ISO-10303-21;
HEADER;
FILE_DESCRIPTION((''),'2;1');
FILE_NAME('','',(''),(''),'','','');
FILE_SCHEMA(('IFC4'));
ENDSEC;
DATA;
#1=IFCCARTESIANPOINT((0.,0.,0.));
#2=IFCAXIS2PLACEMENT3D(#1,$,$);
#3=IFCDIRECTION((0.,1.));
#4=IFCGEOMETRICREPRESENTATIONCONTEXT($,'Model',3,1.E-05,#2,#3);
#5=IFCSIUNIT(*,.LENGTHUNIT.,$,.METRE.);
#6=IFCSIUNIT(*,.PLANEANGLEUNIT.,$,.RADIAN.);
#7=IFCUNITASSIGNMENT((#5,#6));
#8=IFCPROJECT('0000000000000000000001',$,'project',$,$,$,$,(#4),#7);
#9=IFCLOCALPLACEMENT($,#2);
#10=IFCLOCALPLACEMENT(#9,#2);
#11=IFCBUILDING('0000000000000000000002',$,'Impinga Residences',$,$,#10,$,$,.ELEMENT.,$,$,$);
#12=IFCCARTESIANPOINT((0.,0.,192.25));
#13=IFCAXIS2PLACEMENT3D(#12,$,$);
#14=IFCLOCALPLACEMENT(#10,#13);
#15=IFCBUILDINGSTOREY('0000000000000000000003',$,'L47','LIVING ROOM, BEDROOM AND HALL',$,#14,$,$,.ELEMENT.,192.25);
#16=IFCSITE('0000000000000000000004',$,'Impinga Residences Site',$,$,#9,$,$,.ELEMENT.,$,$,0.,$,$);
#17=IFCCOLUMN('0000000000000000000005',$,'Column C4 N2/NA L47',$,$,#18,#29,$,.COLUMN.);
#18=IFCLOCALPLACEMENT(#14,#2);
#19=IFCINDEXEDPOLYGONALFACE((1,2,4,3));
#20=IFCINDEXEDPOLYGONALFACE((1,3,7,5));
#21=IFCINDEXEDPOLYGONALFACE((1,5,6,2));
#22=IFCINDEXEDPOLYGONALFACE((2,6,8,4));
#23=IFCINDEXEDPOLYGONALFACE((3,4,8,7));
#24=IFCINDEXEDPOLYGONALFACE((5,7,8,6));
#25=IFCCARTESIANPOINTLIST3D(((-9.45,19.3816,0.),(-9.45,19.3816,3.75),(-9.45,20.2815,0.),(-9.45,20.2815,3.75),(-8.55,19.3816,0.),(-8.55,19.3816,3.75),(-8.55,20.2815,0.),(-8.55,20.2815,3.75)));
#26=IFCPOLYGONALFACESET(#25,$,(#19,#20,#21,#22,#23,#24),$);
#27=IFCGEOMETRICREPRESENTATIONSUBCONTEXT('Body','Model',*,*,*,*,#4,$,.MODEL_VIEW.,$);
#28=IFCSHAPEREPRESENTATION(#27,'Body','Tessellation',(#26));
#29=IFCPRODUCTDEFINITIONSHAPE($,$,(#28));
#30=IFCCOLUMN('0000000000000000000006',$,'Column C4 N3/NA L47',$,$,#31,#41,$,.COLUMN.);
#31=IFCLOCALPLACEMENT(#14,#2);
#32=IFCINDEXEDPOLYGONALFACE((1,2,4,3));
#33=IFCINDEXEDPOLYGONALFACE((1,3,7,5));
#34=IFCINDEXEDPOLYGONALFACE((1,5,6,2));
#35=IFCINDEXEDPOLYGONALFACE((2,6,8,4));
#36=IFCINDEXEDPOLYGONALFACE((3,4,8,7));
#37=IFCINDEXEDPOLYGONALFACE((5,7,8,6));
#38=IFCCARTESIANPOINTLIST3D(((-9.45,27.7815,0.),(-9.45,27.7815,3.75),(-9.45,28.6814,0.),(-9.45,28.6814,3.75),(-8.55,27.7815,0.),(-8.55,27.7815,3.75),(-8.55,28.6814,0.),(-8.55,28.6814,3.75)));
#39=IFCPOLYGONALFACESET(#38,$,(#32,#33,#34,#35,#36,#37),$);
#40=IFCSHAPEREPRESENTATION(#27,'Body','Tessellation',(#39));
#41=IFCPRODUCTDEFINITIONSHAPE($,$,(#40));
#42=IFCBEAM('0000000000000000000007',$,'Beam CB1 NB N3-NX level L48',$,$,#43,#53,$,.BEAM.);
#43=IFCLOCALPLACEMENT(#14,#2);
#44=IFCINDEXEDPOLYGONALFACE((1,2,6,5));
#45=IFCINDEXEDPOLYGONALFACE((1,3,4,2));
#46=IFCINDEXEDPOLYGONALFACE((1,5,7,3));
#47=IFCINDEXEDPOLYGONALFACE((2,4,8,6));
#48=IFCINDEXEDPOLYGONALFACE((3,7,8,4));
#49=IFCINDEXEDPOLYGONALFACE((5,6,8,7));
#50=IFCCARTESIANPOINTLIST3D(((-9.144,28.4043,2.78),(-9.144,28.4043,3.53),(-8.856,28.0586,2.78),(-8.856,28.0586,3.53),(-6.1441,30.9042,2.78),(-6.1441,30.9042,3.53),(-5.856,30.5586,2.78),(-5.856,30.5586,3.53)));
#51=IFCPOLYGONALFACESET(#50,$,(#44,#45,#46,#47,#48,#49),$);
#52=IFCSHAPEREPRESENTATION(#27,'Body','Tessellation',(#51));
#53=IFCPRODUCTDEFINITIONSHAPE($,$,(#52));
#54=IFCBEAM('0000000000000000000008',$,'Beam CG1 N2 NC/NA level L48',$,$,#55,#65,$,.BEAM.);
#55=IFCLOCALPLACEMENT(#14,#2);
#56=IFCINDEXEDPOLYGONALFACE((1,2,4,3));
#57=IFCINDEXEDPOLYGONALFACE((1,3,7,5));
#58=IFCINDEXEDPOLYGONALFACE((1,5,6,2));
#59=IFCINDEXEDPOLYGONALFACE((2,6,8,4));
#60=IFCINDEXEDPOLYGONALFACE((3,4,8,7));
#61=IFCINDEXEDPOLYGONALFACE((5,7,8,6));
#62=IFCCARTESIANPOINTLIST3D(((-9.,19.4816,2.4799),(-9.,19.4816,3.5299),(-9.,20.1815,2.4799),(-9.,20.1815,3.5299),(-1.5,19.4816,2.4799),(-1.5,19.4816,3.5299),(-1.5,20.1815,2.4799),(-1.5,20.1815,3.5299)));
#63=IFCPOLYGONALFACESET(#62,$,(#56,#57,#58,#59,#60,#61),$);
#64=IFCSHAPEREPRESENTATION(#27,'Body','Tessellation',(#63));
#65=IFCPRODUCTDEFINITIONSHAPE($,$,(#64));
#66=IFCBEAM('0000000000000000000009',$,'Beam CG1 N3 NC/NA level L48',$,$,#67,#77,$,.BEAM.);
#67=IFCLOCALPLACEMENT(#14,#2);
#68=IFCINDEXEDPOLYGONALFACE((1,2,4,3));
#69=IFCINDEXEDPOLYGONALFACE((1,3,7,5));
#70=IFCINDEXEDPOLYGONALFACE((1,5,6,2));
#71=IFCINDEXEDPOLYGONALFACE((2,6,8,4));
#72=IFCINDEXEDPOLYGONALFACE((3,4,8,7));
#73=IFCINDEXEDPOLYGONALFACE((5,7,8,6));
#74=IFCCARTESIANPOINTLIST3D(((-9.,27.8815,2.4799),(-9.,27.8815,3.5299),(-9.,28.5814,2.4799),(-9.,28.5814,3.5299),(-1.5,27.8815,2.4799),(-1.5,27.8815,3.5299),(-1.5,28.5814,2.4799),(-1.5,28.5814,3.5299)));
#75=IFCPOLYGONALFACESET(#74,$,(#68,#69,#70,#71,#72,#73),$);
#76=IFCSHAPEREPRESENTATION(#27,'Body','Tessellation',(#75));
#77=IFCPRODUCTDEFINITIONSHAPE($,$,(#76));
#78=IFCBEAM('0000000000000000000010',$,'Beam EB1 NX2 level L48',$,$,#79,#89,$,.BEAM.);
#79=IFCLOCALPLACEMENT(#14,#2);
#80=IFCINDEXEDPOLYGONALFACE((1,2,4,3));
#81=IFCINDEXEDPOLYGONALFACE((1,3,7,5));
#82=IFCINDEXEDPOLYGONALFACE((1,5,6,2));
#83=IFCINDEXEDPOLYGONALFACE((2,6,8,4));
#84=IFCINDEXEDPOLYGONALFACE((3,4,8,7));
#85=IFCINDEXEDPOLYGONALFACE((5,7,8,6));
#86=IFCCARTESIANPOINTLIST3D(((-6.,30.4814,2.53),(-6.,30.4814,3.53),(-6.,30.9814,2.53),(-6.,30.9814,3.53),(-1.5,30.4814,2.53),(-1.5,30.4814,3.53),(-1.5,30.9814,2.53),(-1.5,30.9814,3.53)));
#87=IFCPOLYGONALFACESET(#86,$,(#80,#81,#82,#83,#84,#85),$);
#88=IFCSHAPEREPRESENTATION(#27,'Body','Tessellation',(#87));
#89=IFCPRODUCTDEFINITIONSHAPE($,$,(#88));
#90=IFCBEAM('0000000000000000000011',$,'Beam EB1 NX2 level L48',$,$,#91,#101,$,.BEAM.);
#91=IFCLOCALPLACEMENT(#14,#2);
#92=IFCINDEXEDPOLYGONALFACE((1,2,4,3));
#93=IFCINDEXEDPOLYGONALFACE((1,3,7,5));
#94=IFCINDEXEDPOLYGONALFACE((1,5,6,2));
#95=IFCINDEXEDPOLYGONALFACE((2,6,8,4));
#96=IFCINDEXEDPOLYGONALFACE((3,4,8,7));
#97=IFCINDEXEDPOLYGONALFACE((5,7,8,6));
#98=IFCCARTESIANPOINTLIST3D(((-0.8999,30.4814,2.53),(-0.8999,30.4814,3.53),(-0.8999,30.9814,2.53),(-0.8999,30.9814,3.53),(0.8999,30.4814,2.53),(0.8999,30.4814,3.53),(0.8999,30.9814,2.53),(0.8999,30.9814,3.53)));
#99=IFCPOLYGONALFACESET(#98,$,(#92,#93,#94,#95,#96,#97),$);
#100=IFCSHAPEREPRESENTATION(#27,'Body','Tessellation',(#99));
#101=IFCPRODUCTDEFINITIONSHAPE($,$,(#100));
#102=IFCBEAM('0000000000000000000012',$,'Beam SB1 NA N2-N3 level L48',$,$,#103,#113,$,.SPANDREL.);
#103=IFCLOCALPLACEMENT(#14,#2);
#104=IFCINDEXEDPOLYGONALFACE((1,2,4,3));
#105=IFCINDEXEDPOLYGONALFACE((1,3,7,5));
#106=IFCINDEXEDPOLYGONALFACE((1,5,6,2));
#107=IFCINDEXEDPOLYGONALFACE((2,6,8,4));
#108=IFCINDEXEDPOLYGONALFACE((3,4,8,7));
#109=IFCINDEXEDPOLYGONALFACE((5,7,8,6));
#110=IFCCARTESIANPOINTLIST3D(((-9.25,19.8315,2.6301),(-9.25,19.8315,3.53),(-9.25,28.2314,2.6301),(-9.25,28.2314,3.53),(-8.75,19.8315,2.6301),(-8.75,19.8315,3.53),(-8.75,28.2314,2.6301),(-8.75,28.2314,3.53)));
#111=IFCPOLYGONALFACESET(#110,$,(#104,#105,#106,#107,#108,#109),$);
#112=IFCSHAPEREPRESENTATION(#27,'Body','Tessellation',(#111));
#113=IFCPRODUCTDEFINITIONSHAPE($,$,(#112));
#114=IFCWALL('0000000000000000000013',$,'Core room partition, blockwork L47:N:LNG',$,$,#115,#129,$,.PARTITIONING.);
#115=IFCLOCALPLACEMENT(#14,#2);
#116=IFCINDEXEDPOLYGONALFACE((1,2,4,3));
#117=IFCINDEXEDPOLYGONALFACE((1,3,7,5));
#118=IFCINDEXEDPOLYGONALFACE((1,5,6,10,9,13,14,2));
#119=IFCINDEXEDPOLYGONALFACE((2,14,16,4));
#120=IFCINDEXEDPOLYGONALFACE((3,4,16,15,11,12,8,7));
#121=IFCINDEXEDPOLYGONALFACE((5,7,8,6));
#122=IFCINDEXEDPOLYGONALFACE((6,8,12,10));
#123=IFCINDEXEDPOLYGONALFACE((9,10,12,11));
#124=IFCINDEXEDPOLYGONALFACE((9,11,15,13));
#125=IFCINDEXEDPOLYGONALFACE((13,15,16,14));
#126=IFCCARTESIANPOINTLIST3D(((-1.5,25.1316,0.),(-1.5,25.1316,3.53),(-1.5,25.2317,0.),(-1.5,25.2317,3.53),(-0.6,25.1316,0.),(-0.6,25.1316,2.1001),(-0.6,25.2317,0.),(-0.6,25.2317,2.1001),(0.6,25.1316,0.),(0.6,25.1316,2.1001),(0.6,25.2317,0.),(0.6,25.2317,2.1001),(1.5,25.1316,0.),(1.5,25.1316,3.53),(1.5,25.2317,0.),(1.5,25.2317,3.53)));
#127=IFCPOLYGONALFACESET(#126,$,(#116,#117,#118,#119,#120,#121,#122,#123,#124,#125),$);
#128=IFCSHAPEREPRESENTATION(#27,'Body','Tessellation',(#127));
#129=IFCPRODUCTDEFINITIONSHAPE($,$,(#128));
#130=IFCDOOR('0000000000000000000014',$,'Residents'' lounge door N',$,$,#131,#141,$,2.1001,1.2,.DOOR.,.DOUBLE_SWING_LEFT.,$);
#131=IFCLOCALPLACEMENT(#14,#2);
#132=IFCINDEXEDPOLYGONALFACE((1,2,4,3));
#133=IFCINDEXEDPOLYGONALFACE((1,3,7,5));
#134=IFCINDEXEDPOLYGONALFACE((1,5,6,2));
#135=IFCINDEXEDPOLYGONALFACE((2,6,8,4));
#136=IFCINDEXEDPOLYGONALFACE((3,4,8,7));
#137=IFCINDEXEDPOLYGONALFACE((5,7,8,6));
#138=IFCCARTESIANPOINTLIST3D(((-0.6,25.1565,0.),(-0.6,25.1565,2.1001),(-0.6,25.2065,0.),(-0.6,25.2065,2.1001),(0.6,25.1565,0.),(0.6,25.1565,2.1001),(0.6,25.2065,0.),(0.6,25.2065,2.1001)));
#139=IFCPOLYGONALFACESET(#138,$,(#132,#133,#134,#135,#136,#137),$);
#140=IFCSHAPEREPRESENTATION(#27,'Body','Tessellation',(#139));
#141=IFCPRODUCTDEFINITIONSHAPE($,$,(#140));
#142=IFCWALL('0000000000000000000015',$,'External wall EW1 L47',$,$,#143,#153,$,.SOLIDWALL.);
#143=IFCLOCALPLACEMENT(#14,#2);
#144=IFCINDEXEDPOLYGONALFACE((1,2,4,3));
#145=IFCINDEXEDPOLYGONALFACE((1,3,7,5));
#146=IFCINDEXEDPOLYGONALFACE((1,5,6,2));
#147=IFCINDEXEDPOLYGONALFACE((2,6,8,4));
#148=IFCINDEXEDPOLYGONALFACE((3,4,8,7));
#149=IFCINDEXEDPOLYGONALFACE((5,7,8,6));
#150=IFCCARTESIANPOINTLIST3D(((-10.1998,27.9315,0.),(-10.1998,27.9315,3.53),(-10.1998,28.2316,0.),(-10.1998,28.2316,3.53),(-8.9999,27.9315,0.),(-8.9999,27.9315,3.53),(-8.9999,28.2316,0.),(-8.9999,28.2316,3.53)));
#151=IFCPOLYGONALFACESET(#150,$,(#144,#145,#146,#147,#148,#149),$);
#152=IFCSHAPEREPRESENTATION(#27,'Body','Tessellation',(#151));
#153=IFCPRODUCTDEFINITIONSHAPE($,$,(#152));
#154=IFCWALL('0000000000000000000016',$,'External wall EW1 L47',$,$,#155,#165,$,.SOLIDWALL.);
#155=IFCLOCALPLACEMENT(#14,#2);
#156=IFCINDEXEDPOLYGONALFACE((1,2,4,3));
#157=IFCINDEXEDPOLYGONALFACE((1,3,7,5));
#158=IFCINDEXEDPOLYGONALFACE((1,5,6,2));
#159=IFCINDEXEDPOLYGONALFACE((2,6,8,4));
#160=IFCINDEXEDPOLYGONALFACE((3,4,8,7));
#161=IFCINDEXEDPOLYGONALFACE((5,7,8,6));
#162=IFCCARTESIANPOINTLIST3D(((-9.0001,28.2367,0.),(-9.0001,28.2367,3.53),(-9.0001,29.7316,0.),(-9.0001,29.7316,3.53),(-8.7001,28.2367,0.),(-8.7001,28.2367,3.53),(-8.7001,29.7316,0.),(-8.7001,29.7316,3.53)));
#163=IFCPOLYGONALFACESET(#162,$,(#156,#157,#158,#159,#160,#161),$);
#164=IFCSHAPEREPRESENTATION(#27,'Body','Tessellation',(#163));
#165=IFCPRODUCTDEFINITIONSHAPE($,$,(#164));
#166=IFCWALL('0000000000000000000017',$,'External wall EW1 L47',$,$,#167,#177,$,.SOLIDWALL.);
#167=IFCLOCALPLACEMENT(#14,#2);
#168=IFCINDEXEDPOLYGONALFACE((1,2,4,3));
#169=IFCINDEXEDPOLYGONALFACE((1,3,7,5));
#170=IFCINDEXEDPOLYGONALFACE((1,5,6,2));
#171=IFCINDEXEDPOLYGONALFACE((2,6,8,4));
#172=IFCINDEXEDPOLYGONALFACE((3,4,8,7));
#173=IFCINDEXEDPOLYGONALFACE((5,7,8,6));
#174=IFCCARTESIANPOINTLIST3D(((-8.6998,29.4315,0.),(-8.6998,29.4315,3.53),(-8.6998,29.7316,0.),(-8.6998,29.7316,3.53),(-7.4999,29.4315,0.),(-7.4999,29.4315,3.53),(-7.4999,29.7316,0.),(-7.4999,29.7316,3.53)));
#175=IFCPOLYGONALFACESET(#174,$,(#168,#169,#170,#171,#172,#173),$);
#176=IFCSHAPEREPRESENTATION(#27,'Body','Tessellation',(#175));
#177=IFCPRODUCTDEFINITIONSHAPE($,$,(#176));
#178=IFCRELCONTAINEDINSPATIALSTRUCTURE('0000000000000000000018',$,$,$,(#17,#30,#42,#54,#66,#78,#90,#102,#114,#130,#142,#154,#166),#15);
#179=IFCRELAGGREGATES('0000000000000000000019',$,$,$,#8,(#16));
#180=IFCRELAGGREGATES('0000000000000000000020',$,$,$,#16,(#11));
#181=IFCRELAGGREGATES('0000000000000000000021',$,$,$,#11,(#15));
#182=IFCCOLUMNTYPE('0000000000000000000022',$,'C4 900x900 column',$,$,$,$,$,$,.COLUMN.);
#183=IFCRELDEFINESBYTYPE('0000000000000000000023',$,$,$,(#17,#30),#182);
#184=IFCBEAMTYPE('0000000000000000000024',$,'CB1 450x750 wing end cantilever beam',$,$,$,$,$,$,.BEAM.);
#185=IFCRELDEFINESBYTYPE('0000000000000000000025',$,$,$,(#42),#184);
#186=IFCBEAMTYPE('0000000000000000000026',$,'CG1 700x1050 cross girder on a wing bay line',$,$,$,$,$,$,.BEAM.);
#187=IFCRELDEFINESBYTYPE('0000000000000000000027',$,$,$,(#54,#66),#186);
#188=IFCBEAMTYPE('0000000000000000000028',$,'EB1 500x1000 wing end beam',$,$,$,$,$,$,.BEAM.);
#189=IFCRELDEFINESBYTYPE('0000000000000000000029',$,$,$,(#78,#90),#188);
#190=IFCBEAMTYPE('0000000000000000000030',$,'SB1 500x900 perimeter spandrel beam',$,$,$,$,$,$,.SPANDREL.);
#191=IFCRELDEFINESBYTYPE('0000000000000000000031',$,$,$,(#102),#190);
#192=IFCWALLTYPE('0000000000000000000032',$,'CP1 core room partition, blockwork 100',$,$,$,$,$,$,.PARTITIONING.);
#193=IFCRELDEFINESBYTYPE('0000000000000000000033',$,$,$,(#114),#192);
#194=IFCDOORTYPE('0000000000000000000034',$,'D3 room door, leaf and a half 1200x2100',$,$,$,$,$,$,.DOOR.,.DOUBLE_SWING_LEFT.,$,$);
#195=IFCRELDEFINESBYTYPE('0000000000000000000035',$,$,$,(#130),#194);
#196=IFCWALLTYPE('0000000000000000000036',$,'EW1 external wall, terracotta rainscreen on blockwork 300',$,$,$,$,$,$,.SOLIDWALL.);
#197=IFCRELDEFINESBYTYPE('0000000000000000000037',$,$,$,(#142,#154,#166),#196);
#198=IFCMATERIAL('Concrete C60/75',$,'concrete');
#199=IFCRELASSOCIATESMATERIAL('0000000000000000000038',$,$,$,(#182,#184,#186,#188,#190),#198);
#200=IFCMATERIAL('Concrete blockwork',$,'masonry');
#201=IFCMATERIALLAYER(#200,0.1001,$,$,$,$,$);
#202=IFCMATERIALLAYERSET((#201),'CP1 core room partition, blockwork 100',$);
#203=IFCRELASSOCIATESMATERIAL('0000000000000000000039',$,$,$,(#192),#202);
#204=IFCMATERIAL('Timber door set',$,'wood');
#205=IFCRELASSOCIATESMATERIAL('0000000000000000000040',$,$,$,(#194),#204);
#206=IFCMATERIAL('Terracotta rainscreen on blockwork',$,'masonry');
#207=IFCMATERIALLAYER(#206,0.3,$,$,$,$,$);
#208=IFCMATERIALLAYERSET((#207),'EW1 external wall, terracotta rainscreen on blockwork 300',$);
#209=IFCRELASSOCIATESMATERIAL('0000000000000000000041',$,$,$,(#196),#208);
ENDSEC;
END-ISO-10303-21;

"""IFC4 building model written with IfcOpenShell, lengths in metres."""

from ifc_helpers import new_model, si_unit, direction, frame, frame_2d, origin, origin_2d, place, context, subcontext, project, spatial, rectangle, extrude, material, layer, layer_set, material_profile, profile_set, type_object, element, fill, save


model = new_model("IFC4")

# Units and contexts
model_context = context("Model", 3, precision=1e-05, world=origin(), true_north=direction((0.0, 1.0)))
body_context = subcontext(model_context, "Body", "Model", "MODEL_VIEW")
ifc_project = project(units=[si_unit("LENGTHUNIT", "METRE"), si_unit("PLANEANGLEUNIT", "RADIAN")], contexts=[model_context])

# Site, building, storey
site_placement = place(None, origin())
site = spatial("IfcSite", under=ifc_project, at=site_placement, Name="Impinga Residences Site", CompositionType="ELEMENT", RefElevation=0.0)
building_placement = place(site_placement, origin())
building = spatial("IfcBuilding", under=site, at=building_placement, Name="Impinga Residences", CompositionType="ELEMENT")
storey_placement = place(building_placement, frame((0.0, 0.0, 192.25)))
storey = spatial("IfcBuildingStorey", under=building, at=storey_placement, Name="L47", Description="LIVING ROOM, BEDROOM AND HALL", CompositionType="ELEMENT", Elevation=192.25)

# Columns
ifc_material_1 = material(Name="Concrete C60/75", Category="concrete")
ifc_material_profile_1 = material_profile(ifc_material_1, rectangle(XDim=0.8999, YDim=0.8999, at=origin_2d()), Name="RC 900x900")
ifc_profile_set_1 = profile_set([ifc_material_profile_1], Name="Concrete C60/75")
column_type = type_object("IfcColumnType", Name="C4 900x900 column", PredefinedType="COLUMN", material=ifc_profile_set_1)
for number, where, z_axis, x_axis, name in (
    (1, (-9.0, 19.8315, 0.0), (0.0, 0.0, 1.0), (1.0, 0.0, 0.0), "Column C4 N2/NA L47"),
    (2, (-9.0, 28.2314, 0.0), (0.0, 0.0, 1.0), (1.0, 0.0, 0.0), "Column C4 N3/NA L47"),
):
    element("IfcColumn", number, at=place(storey_placement, frame(where, z_axis=z_axis, x_axis=x_axis)), inside=storey, type_object=column_type, Name=name, PredefinedType="COLUMN", context=body_context, shape_type="SweptSolid", body=[
        extrude(rectangle(XDim=0.8999, YDim=0.8999, at=origin_2d()), origin(), (0.0, 0.0, 1.0), 3.75),
    ])

# Beams
ifc_material_profile_2 = material_profile(ifc_material_1, rectangle(XDim=0.45, YDim=0.75, at=origin_2d()), Name="RC 450x750")
ifc_profile_set_2 = profile_set([ifc_material_profile_2], Name="Concrete C60/75")
beam_type_1 = type_object("IfcBeamType", Name="CB1 450x750 wing end cantilever beam", PredefinedType="BEAM", material=ifc_profile_set_2)
beam_1_placement = place(storey_placement, frame((-9.0, 28.2314, 3.155), z_axis=(0.768221, 0.640184, 0.0), x_axis=(-0.640184, 0.768221, 0.0)))
element("IfcBeam", 3, at=beam_1_placement, inside=storey, type_object=beam_type_1, Name="Beam CB1 NB N3-NX level L48", PredefinedType="BEAM", context=body_context, shape_type="SweptSolid", body=[
    extrude(rectangle(XDim=0.45, YDim=0.75, at=origin_2d()), origin(), (0.0, 0.0, 1.0), 3.905),
])
ifc_material_profile_3 = material_profile(ifc_material_1, rectangle(XDim=0.7, YDim=1.05, at=origin_2d()), Name="RC 700x1050")
ifc_profile_set_3 = profile_set([ifc_material_profile_3], Name="Concrete C60/75")
beam_type_2 = type_object("IfcBeamType", Name="CG1 700x1050 cross girder on a wing bay line", PredefinedType="BEAM", material=ifc_profile_set_3)
for number, where, z_axis, x_axis, name in (
    (4, (-1.5, 19.8315, 3.0049), (-1.0, 0.0, 0.0), (0.0, -1.0, 0.0), "Beam CG1 N2 NC/NA level L48"),
    (5, (-1.5, 28.2314, 3.0049), (-1.0, 0.0, 0.0), (0.0, -1.0, 0.0), "Beam CG1 N3 NC/NA level L48"),
):
    element("IfcBeam", number, at=place(storey_placement, frame(where, z_axis=z_axis, x_axis=x_axis)), inside=storey, type_object=beam_type_2, Name=name, PredefinedType="BEAM", context=body_context, shape_type="SweptSolid", body=[
        extrude(rectangle(XDim=0.7, YDim=1.05, at=origin_2d()), origin(), (0.0, 0.0, 1.0), 7.5),
    ])
ifc_material_profile_4 = material_profile(ifc_material_1, rectangle(XDim=0.5, YDim=1.0, at=origin_2d()), Name="RC 500x1000")
ifc_profile_set_4 = profile_set([ifc_material_profile_4], Name="Concrete C60/75")
beam_type_3 = type_object("IfcBeamType", Name="EB1 500x1000 wing end beam", PredefinedType="BEAM", material=ifc_profile_set_4)
beam_2_placement = place(storey_placement, frame((-6.0, 30.7314, 3.03), z_axis=(1.0, 0.0, 0.0), x_axis=(0.0, 1.0, 0.0)))
element("IfcBeam", 6, at=beam_2_placement, inside=storey, type_object=beam_type_3, Name="Beam EB1 NX2 level L48", PredefinedType="BEAM", context=body_context, shape_type="SweptSolid", body=[
    extrude(rectangle(XDim=0.5, YDim=1.0, at=origin_2d()), origin(), (0.0, 0.0, 1.0), 4.5),
])
beam_3_placement = place(storey_placement, frame((-0.8999, 30.7314, 3.03), z_axis=(1.0, 0.0, 0.0), x_axis=(0.0, 1.0, 0.0)))
element("IfcBeam", 7, at=beam_3_placement, inside=storey, type_object=beam_type_3, Name="Beam EB1 NX2 level L48", PredefinedType="BEAM", context=body_context, shape_type="SweptSolid", body=[
    extrude(rectangle(XDim=0.5, YDim=1.0, at=origin_2d()), origin(), (0.0, 0.0, 1.0), 1.7998),
])
ifc_material_profile_5 = material_profile(ifc_material_1, rectangle(XDim=0.5, YDim=0.8999, at=origin_2d()), Name="RC 500x900")
ifc_profile_set_5 = profile_set([ifc_material_profile_5], Name="Concrete C60/75")
beam_type_4 = type_object("IfcBeamType", Name="SB1 500x900 perimeter spandrel beam", PredefinedType="SPANDREL", material=ifc_profile_set_5)
beam_4_placement = place(storey_placement, frame((-9.0, 19.8315, 3.0801), z_axis=(0.0, 1.0, 0.0), x_axis=(-1.0, 0.0, 0.0)))
element("IfcBeam", 8, at=beam_4_placement, inside=storey, type_object=beam_type_4, Name="Beam SB1 NA N2-N3 level L48", PredefinedType="SPANDREL", context=body_context, shape_type="SweptSolid", body=[
    extrude(rectangle(XDim=0.5, YDim=0.8999, at=origin_2d()), origin(), (0.0, 0.0, 1.0), 8.3999),
])

# Wall, opening, door
ifc_material_2 = material(Name="Concrete blockwork", Category="masonry")
ifc_layer_1 = layer(ifc_material_2, 0.1001)
ifc_layer_set_1 = layer_set([ifc_layer_1], Name="CP1 core room partition, blockwork 100")
wall_type_1 = type_object("IfcWallType", Name="CP1 core room partition, blockwork 100", PredefinedType="PARTITIONING", material=ifc_layer_set_1)
wall_1_placement = place(storey_placement, frame((-1.5, 25.1816, 0.0), z_axis=(0.0, 0.0, 1.0), x_axis=(1.0, 0.0, 0.0)))
wall_1 = element("IfcWall", 9, at=wall_1_placement, inside=storey, type_object=wall_type_1, Name="Core room partition, blockwork L47:N:LNG", PredefinedType="PARTITIONING", context=body_context, shape_type="SweptSolid", body=[
    extrude(rectangle(XDim=3.0, YDim=0.1001, at=frame_2d((1.5, 0.0))), origin(), (0.0, 0.0, 1.0), 3.53),
])
opening_1_placement = place(wall_1_placement, frame((0.8999, 0.0, 0.0)))
opening_1 = element("IfcOpeningElement", 10, at=opening_1_placement, cuts=wall_1, PredefinedType="OPENING", context=body_context, shape_type="SweptSolid", body=[
    extrude(rectangle(XDim=1.2, YDim=2.1001, at=frame_2d((0.6001, 1.05))), frame((0.0, 0.0601, 0.0), z_axis=(0.0, -1.0, 0.0), x_axis=(1.0, 0.0, 0.0)), (0.0, 0.0, 1.0), 0.1201),
])
ifc_material_3 = material(Name="Timber door set", Category="wood")
door_type_1 = type_object("IfcDoorType", Name="D3 room door, leaf and a half 1200x2100", OperationType="DOUBLE_SWING_LEFT", PredefinedType="DOOR", material=ifc_material_3)
door_1_placement = place(opening_1_placement, origin())
door_1 = element("IfcDoor", 11, at=door_1_placement, inside=storey, type_object=door_type_1, Name="Residents' lounge door N", OperationType="DOUBLE_SWING_LEFT", OverallHeight=2.1001, OverallWidth=1.2, PredefinedType="DOOR", context=body_context, shape_type="SweptSolid", body=[
    extrude(rectangle(XDim=1.2, YDim=2.1001, at=frame_2d((0.6001, 1.05))), frame((0.0, 0.0249, 0.0), z_axis=(0.0, -1.0, 0.0), x_axis=(1.0, 0.0, 0.0)), (0.0, 0.0, 1.0), 0.05),
])
fill(opening_1, door_1)

# Walls
ifc_material_4 = material(Name="Terracotta rainscreen on blockwork", Category="masonry")
ifc_layer_2 = layer(ifc_material_4, 0.3)
ifc_layer_set_2 = layer_set([ifc_layer_2], Name="EW1 external wall, terracotta rainscreen on blockwork 300")
wall_type_2 = type_object("IfcWallType", Name="EW1 external wall, terracotta rainscreen on blockwork 300", PredefinedType="SOLIDWALL", material=ifc_layer_set_2)
wall_2_placement = place(storey_placement, frame((-10.2, 28.0815, 0.0), z_axis=(0.0, 0.0, 1.0), x_axis=(1.0, 0.0, 0.0)))
element("IfcWall", 12, at=wall_2_placement, inside=storey, type_object=wall_type_2, Name="External wall EW1 L47", PredefinedType="SOLIDWALL", context=body_context, shape_type="SweptSolid", body=[
    extrude(rectangle(XDim=1.2, YDim=0.3, at=frame_2d((0.6001, 0.0))), origin(), (0.0, 0.0, 1.0), 3.53),
])
wall_3_placement = place(storey_placement, frame((-8.8501, 28.2366, 0.0), z_axis=(0.0, 0.0, 1.0), x_axis=(0.0, 1.0, 0.0)))
element("IfcWall", 13, at=wall_3_placement, inside=storey, type_object=wall_type_2, Name="External wall EW1 L47", PredefinedType="SOLIDWALL", context=body_context, shape_type="SweptSolid", body=[
    extrude(rectangle(XDim=1.4949, YDim=0.3, at=frame_2d((0.7476, 0.0))), origin(), (0.0, 0.0, 1.0), 3.53),
])
wall_4_placement = place(storey_placement, frame((-8.7, 29.5815, 0.0), z_axis=(0.0, 0.0, 1.0), x_axis=(1.0, 0.0, 0.0)))
element("IfcWall", 14, at=wall_4_placement, inside=storey, type_object=wall_type_2, Name="External wall EW1 L47", PredefinedType="SOLIDWALL", context=body_context, shape_type="SweptSolid", body=[
    extrude(rectangle(XDim=1.2, YDim=0.3, at=frame_2d((0.6001, 0.0))), origin(), (0.0, 0.0, 1.0), 3.53),
])

save(model, "model.ifc")
